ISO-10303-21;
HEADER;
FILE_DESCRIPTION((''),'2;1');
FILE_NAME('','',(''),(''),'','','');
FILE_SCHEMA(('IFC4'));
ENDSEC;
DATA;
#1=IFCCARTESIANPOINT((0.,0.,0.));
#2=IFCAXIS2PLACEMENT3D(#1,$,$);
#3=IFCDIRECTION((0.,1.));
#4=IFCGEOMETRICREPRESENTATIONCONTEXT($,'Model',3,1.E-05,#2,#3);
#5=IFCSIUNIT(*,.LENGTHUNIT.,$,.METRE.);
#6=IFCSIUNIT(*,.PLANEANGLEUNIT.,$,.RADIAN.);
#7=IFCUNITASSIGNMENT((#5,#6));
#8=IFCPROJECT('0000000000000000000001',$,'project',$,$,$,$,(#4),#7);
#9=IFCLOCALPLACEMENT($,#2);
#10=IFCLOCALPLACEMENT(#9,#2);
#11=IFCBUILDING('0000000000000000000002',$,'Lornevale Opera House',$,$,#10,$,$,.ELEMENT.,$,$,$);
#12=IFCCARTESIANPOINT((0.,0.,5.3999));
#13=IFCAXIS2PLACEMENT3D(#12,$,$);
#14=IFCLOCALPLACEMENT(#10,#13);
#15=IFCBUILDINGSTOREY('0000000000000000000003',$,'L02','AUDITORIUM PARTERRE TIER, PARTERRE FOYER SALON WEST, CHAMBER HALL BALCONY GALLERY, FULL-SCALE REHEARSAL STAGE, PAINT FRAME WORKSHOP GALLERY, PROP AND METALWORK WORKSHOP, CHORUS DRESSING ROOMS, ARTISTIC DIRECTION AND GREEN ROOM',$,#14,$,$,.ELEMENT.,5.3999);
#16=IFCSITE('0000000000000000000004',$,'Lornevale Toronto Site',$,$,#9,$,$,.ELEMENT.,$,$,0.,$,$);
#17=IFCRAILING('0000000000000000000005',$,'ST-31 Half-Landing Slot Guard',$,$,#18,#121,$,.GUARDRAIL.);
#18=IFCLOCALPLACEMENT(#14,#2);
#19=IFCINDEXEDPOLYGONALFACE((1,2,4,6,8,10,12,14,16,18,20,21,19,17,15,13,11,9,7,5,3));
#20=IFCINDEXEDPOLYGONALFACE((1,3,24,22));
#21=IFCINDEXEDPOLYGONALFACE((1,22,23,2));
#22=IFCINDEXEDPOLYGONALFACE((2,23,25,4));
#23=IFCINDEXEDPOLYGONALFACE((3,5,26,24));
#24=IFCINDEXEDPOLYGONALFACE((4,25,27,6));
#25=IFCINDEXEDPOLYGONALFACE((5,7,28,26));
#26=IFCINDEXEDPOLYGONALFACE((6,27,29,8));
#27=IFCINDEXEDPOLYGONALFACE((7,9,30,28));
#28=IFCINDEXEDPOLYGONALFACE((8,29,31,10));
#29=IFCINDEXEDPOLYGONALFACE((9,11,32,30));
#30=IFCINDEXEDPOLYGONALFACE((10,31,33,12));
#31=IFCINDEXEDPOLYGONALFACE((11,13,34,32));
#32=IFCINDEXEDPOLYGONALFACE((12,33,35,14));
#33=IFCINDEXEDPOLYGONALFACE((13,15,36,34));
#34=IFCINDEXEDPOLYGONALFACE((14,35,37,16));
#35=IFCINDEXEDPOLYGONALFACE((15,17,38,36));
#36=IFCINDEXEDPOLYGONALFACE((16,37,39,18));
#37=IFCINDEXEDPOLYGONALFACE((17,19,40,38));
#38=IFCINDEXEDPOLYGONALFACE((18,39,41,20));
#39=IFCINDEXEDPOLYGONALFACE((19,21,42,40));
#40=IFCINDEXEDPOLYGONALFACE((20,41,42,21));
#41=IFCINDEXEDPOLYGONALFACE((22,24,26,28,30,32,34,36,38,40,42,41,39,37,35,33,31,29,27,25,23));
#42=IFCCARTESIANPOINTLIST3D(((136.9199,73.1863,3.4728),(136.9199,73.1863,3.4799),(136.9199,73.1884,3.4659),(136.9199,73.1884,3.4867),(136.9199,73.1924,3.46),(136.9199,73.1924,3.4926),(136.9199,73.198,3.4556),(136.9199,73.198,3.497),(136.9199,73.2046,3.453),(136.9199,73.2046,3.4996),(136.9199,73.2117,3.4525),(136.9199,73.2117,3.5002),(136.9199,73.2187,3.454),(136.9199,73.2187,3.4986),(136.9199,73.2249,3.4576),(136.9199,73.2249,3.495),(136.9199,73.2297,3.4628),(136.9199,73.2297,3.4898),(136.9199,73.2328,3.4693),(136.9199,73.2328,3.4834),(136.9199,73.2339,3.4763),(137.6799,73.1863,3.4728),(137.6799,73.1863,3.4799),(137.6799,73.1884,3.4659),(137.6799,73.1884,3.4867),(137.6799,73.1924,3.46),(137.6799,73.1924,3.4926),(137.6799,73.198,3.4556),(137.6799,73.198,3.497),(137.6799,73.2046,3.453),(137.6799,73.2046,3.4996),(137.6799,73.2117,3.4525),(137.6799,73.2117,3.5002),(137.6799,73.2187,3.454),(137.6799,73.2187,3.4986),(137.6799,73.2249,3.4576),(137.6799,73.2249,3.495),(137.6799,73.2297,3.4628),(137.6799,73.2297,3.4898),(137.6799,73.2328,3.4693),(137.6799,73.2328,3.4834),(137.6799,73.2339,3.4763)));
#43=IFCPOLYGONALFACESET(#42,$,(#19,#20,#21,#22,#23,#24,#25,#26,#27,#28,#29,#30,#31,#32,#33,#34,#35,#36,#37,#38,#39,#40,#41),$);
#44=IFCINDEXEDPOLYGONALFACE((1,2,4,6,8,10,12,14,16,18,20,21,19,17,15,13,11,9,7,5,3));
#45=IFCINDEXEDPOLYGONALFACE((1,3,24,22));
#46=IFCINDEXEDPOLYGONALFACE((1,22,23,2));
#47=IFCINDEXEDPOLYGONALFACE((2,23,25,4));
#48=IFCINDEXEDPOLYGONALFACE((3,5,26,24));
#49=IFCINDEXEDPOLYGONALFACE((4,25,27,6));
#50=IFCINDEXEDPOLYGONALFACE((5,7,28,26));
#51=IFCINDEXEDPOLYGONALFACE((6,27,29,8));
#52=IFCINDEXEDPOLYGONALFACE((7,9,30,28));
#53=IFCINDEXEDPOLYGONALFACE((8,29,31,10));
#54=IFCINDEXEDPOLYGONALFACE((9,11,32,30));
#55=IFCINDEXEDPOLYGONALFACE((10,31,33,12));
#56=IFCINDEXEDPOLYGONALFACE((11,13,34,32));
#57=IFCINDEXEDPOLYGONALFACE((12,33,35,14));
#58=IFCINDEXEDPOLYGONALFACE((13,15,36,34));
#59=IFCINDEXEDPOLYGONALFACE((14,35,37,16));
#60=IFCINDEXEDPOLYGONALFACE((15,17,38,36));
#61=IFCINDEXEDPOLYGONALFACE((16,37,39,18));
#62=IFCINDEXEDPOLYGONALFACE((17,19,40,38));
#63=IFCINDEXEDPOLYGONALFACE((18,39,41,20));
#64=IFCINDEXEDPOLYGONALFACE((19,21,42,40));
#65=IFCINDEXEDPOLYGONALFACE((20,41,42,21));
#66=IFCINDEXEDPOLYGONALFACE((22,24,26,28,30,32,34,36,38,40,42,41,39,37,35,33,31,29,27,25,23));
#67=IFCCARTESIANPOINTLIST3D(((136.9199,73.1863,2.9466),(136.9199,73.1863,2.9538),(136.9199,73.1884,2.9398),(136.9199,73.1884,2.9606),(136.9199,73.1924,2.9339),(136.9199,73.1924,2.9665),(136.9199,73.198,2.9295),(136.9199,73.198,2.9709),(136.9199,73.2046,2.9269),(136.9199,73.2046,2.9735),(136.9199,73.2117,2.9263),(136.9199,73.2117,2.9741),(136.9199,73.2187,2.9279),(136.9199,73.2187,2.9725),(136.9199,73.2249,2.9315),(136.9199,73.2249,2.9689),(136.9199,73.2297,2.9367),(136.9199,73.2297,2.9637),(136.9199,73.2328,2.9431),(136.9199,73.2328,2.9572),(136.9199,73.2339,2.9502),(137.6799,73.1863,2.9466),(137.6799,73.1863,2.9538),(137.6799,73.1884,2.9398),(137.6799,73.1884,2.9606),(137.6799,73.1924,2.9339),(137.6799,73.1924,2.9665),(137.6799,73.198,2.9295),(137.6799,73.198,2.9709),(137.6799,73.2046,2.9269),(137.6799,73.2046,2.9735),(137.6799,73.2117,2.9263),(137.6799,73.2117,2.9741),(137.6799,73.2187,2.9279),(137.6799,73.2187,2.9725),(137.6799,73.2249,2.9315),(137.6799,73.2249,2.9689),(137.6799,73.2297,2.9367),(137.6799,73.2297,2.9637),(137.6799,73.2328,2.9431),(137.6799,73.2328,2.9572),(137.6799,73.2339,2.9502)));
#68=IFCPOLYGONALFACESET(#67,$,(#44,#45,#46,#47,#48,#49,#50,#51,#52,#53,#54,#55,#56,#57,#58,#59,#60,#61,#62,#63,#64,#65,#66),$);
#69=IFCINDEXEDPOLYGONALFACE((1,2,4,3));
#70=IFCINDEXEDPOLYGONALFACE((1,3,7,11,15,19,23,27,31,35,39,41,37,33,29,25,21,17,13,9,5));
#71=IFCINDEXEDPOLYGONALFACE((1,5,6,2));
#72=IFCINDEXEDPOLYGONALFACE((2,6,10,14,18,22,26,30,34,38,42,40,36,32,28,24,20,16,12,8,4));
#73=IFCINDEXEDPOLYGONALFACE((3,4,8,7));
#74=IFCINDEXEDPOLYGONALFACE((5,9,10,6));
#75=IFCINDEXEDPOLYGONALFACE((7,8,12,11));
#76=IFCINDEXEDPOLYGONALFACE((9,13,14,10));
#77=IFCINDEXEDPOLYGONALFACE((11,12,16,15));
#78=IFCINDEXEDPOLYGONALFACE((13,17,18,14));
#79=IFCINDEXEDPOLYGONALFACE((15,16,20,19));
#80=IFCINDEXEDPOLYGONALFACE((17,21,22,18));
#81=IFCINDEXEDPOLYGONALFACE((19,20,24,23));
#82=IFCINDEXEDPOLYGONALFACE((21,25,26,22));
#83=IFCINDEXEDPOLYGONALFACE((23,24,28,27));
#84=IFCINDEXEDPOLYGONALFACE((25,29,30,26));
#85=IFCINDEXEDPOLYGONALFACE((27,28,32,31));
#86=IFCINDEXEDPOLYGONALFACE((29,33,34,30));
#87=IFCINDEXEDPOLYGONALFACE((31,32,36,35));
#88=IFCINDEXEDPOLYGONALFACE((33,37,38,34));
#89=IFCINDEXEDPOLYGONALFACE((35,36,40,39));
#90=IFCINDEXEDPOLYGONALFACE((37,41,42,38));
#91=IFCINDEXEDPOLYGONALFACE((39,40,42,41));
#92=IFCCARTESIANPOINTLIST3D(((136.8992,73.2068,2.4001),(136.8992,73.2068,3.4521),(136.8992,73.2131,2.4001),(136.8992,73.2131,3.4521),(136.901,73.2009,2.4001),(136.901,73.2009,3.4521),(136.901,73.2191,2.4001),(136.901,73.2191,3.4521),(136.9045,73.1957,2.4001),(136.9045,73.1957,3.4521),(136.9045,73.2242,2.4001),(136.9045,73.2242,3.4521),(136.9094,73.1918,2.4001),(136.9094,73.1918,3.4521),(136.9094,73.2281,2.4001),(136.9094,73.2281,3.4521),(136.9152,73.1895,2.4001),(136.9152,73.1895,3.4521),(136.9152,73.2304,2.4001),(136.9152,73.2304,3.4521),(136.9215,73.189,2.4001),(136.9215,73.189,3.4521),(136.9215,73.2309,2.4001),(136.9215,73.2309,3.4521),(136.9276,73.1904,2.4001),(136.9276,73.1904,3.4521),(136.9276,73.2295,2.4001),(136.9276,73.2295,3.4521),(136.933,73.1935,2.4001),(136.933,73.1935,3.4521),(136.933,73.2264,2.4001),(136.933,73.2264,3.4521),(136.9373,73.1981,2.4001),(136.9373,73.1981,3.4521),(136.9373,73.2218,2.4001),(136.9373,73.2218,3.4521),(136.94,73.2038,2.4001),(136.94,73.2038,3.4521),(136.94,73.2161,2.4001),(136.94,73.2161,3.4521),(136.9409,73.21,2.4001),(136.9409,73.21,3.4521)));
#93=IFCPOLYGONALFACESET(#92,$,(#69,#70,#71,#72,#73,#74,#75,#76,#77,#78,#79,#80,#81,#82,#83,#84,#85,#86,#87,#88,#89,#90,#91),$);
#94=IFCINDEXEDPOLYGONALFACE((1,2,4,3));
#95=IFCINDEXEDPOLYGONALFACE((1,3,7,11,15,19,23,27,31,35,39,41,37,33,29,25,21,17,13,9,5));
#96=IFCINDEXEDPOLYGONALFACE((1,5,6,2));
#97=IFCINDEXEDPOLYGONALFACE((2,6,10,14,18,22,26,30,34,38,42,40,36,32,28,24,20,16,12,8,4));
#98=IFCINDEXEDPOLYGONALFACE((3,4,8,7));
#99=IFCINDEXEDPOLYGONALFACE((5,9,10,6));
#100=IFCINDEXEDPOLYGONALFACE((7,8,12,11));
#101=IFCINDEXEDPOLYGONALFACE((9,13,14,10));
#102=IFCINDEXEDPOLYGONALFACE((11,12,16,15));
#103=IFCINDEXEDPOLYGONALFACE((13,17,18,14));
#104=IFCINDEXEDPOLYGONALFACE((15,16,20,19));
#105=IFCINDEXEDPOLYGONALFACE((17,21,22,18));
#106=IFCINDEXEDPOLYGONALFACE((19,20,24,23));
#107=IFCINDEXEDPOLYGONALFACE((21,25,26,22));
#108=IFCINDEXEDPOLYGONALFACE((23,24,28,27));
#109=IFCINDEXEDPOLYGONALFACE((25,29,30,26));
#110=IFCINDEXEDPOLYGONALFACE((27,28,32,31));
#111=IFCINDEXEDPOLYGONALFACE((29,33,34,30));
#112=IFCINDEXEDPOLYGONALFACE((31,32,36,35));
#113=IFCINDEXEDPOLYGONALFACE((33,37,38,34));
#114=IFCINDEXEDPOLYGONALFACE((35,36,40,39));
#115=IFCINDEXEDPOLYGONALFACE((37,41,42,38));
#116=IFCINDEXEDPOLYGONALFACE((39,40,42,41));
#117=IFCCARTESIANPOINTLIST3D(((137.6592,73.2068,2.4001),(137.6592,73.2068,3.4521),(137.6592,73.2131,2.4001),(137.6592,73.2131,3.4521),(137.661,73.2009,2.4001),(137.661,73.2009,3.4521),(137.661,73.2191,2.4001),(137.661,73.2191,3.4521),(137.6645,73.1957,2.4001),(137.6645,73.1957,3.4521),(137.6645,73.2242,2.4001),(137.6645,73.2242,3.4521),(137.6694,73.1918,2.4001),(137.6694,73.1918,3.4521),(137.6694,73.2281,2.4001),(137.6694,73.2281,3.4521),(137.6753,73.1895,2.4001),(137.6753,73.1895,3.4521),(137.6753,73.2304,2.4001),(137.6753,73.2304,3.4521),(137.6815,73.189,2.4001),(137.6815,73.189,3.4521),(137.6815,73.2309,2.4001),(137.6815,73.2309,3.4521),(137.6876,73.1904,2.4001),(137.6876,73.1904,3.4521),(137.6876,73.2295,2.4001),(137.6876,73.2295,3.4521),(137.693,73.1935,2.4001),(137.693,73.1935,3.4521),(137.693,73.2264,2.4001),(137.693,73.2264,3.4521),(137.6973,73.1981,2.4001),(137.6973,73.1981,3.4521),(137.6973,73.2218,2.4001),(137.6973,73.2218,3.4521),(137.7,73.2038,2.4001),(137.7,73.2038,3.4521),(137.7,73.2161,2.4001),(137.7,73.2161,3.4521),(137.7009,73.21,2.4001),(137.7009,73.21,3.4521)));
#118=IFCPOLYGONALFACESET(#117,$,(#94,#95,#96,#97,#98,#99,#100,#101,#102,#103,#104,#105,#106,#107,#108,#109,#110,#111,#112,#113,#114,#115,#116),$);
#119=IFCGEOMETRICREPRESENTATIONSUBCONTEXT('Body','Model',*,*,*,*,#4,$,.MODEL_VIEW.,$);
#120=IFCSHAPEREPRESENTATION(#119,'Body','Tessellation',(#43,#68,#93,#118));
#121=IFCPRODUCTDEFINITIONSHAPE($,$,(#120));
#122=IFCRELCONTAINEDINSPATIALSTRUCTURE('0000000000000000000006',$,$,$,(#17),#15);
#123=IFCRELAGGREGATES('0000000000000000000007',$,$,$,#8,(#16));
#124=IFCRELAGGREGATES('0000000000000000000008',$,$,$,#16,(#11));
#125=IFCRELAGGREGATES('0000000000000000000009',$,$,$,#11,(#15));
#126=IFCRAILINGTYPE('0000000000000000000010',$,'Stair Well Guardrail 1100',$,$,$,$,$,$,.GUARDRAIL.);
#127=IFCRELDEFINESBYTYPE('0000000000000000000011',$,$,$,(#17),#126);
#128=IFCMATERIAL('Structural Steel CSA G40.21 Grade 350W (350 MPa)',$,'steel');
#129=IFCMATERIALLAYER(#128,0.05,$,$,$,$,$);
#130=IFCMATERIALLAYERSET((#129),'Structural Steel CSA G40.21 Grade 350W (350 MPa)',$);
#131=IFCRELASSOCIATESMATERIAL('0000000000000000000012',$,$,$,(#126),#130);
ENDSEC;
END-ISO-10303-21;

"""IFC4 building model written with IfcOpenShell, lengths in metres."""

from ifc_helpers import new_model, si_unit, direction, frame, origin, origin_2d, place, context, subcontext, project, spatial, circle, extrude, material, layer, layer_set, type_object, element, save


model = new_model("IFC4")

# Units and contexts
model_context = context("Model", 3, precision=1e-05, world=origin(), true_north=direction((0.0, 1.0)))
body_context = subcontext(model_context, "Body", "Model", "MODEL_VIEW")
ifc_project = project(units=[si_unit("LENGTHUNIT", "METRE"), si_unit("PLANEANGLEUNIT", "RADIAN")], contexts=[model_context])

# Site, building, storey
site_placement = place(None, origin())
site = spatial("IfcSite", under=ifc_project, at=site_placement, Name="Lornevale Toronto Site", CompositionType="ELEMENT", RefElevation=0.0)
building_placement = place(site_placement, origin())
building = spatial("IfcBuilding", under=site, at=building_placement, Name="Lornevale Opera House", CompositionType="ELEMENT")
storey_placement = place(building_placement, frame((0.0, 0.0, 5.3999)))
storey = spatial("IfcBuildingStorey", under=building, at=storey_placement, Name="L02", Description="AUDITORIUM PARTERRE TIER, PARTERRE FOYER SALON WEST, CHAMBER HALL BALCONY GALLERY, FULL-SCALE REHEARSAL STAGE, PAINT FRAME WORKSHOP GALLERY, PROP AND METALWORK WORKSHOP, CHORUS DRESSING ROOMS, ARTISTIC DIRECTION AND GREEN ROOM", CompositionType="ELEMENT", Elevation=5.3999)

# Shared definitions
ifc_material_1 = material(Name="Structural Steel CSA G40.21 Grade 350W (350 MPa)", Category="steel")

# Railing
ifc_layer_1 = layer(ifc_material_1, 0.05)
ifc_layer_set_1 = layer_set([ifc_layer_1], Name="Structural Steel CSA G40.21 Grade 350W (350 MPa)")
railing_type_1 = type_object("IfcRailingType", Name="Stair Well Guardrail 1100", PredefinedType="GUARDRAIL", material=ifc_layer_set_1)
railing_1_placement = place(storey_placement, frame((136.9199, 73.21, 2.4001)))
element("IfcRailing", 1, at=railing_1_placement, inside=storey, type_object=railing_type_1, Name="ST-31 Half-Landing Slot Guard", PredefinedType="GUARDRAIL", context=body_context, shape_type="SweptSolid", body=[
    extrude(circle(Radius=0.0239, at=origin_2d()), frame((0.0, 0.0, 1.0762), z_axis=(1.0, 0.0, 0.0), x_axis=(0.0, 1.0, 0.0)), (0.0, 0.0, 1.0), 0.76),
    extrude(circle(Radius=0.0239, at=origin_2d()), frame((0.0, 0.0, 0.55), z_axis=(1.0, 0.0, 0.0), x_axis=(0.0, 1.0, 0.0)), (0.0, 0.0, 1.0), 0.76),
    extrude(circle(Radius=0.021, at=origin_2d()), origin(), (0.0, 0.0, 1.0), 1.052),
    extrude(circle(Radius=0.021, at=origin_2d()), frame((0.76, 0.0, 0.0)), (0.0, 0.0, 1.0), 1.052),
])

save(model, "model.ifc")
